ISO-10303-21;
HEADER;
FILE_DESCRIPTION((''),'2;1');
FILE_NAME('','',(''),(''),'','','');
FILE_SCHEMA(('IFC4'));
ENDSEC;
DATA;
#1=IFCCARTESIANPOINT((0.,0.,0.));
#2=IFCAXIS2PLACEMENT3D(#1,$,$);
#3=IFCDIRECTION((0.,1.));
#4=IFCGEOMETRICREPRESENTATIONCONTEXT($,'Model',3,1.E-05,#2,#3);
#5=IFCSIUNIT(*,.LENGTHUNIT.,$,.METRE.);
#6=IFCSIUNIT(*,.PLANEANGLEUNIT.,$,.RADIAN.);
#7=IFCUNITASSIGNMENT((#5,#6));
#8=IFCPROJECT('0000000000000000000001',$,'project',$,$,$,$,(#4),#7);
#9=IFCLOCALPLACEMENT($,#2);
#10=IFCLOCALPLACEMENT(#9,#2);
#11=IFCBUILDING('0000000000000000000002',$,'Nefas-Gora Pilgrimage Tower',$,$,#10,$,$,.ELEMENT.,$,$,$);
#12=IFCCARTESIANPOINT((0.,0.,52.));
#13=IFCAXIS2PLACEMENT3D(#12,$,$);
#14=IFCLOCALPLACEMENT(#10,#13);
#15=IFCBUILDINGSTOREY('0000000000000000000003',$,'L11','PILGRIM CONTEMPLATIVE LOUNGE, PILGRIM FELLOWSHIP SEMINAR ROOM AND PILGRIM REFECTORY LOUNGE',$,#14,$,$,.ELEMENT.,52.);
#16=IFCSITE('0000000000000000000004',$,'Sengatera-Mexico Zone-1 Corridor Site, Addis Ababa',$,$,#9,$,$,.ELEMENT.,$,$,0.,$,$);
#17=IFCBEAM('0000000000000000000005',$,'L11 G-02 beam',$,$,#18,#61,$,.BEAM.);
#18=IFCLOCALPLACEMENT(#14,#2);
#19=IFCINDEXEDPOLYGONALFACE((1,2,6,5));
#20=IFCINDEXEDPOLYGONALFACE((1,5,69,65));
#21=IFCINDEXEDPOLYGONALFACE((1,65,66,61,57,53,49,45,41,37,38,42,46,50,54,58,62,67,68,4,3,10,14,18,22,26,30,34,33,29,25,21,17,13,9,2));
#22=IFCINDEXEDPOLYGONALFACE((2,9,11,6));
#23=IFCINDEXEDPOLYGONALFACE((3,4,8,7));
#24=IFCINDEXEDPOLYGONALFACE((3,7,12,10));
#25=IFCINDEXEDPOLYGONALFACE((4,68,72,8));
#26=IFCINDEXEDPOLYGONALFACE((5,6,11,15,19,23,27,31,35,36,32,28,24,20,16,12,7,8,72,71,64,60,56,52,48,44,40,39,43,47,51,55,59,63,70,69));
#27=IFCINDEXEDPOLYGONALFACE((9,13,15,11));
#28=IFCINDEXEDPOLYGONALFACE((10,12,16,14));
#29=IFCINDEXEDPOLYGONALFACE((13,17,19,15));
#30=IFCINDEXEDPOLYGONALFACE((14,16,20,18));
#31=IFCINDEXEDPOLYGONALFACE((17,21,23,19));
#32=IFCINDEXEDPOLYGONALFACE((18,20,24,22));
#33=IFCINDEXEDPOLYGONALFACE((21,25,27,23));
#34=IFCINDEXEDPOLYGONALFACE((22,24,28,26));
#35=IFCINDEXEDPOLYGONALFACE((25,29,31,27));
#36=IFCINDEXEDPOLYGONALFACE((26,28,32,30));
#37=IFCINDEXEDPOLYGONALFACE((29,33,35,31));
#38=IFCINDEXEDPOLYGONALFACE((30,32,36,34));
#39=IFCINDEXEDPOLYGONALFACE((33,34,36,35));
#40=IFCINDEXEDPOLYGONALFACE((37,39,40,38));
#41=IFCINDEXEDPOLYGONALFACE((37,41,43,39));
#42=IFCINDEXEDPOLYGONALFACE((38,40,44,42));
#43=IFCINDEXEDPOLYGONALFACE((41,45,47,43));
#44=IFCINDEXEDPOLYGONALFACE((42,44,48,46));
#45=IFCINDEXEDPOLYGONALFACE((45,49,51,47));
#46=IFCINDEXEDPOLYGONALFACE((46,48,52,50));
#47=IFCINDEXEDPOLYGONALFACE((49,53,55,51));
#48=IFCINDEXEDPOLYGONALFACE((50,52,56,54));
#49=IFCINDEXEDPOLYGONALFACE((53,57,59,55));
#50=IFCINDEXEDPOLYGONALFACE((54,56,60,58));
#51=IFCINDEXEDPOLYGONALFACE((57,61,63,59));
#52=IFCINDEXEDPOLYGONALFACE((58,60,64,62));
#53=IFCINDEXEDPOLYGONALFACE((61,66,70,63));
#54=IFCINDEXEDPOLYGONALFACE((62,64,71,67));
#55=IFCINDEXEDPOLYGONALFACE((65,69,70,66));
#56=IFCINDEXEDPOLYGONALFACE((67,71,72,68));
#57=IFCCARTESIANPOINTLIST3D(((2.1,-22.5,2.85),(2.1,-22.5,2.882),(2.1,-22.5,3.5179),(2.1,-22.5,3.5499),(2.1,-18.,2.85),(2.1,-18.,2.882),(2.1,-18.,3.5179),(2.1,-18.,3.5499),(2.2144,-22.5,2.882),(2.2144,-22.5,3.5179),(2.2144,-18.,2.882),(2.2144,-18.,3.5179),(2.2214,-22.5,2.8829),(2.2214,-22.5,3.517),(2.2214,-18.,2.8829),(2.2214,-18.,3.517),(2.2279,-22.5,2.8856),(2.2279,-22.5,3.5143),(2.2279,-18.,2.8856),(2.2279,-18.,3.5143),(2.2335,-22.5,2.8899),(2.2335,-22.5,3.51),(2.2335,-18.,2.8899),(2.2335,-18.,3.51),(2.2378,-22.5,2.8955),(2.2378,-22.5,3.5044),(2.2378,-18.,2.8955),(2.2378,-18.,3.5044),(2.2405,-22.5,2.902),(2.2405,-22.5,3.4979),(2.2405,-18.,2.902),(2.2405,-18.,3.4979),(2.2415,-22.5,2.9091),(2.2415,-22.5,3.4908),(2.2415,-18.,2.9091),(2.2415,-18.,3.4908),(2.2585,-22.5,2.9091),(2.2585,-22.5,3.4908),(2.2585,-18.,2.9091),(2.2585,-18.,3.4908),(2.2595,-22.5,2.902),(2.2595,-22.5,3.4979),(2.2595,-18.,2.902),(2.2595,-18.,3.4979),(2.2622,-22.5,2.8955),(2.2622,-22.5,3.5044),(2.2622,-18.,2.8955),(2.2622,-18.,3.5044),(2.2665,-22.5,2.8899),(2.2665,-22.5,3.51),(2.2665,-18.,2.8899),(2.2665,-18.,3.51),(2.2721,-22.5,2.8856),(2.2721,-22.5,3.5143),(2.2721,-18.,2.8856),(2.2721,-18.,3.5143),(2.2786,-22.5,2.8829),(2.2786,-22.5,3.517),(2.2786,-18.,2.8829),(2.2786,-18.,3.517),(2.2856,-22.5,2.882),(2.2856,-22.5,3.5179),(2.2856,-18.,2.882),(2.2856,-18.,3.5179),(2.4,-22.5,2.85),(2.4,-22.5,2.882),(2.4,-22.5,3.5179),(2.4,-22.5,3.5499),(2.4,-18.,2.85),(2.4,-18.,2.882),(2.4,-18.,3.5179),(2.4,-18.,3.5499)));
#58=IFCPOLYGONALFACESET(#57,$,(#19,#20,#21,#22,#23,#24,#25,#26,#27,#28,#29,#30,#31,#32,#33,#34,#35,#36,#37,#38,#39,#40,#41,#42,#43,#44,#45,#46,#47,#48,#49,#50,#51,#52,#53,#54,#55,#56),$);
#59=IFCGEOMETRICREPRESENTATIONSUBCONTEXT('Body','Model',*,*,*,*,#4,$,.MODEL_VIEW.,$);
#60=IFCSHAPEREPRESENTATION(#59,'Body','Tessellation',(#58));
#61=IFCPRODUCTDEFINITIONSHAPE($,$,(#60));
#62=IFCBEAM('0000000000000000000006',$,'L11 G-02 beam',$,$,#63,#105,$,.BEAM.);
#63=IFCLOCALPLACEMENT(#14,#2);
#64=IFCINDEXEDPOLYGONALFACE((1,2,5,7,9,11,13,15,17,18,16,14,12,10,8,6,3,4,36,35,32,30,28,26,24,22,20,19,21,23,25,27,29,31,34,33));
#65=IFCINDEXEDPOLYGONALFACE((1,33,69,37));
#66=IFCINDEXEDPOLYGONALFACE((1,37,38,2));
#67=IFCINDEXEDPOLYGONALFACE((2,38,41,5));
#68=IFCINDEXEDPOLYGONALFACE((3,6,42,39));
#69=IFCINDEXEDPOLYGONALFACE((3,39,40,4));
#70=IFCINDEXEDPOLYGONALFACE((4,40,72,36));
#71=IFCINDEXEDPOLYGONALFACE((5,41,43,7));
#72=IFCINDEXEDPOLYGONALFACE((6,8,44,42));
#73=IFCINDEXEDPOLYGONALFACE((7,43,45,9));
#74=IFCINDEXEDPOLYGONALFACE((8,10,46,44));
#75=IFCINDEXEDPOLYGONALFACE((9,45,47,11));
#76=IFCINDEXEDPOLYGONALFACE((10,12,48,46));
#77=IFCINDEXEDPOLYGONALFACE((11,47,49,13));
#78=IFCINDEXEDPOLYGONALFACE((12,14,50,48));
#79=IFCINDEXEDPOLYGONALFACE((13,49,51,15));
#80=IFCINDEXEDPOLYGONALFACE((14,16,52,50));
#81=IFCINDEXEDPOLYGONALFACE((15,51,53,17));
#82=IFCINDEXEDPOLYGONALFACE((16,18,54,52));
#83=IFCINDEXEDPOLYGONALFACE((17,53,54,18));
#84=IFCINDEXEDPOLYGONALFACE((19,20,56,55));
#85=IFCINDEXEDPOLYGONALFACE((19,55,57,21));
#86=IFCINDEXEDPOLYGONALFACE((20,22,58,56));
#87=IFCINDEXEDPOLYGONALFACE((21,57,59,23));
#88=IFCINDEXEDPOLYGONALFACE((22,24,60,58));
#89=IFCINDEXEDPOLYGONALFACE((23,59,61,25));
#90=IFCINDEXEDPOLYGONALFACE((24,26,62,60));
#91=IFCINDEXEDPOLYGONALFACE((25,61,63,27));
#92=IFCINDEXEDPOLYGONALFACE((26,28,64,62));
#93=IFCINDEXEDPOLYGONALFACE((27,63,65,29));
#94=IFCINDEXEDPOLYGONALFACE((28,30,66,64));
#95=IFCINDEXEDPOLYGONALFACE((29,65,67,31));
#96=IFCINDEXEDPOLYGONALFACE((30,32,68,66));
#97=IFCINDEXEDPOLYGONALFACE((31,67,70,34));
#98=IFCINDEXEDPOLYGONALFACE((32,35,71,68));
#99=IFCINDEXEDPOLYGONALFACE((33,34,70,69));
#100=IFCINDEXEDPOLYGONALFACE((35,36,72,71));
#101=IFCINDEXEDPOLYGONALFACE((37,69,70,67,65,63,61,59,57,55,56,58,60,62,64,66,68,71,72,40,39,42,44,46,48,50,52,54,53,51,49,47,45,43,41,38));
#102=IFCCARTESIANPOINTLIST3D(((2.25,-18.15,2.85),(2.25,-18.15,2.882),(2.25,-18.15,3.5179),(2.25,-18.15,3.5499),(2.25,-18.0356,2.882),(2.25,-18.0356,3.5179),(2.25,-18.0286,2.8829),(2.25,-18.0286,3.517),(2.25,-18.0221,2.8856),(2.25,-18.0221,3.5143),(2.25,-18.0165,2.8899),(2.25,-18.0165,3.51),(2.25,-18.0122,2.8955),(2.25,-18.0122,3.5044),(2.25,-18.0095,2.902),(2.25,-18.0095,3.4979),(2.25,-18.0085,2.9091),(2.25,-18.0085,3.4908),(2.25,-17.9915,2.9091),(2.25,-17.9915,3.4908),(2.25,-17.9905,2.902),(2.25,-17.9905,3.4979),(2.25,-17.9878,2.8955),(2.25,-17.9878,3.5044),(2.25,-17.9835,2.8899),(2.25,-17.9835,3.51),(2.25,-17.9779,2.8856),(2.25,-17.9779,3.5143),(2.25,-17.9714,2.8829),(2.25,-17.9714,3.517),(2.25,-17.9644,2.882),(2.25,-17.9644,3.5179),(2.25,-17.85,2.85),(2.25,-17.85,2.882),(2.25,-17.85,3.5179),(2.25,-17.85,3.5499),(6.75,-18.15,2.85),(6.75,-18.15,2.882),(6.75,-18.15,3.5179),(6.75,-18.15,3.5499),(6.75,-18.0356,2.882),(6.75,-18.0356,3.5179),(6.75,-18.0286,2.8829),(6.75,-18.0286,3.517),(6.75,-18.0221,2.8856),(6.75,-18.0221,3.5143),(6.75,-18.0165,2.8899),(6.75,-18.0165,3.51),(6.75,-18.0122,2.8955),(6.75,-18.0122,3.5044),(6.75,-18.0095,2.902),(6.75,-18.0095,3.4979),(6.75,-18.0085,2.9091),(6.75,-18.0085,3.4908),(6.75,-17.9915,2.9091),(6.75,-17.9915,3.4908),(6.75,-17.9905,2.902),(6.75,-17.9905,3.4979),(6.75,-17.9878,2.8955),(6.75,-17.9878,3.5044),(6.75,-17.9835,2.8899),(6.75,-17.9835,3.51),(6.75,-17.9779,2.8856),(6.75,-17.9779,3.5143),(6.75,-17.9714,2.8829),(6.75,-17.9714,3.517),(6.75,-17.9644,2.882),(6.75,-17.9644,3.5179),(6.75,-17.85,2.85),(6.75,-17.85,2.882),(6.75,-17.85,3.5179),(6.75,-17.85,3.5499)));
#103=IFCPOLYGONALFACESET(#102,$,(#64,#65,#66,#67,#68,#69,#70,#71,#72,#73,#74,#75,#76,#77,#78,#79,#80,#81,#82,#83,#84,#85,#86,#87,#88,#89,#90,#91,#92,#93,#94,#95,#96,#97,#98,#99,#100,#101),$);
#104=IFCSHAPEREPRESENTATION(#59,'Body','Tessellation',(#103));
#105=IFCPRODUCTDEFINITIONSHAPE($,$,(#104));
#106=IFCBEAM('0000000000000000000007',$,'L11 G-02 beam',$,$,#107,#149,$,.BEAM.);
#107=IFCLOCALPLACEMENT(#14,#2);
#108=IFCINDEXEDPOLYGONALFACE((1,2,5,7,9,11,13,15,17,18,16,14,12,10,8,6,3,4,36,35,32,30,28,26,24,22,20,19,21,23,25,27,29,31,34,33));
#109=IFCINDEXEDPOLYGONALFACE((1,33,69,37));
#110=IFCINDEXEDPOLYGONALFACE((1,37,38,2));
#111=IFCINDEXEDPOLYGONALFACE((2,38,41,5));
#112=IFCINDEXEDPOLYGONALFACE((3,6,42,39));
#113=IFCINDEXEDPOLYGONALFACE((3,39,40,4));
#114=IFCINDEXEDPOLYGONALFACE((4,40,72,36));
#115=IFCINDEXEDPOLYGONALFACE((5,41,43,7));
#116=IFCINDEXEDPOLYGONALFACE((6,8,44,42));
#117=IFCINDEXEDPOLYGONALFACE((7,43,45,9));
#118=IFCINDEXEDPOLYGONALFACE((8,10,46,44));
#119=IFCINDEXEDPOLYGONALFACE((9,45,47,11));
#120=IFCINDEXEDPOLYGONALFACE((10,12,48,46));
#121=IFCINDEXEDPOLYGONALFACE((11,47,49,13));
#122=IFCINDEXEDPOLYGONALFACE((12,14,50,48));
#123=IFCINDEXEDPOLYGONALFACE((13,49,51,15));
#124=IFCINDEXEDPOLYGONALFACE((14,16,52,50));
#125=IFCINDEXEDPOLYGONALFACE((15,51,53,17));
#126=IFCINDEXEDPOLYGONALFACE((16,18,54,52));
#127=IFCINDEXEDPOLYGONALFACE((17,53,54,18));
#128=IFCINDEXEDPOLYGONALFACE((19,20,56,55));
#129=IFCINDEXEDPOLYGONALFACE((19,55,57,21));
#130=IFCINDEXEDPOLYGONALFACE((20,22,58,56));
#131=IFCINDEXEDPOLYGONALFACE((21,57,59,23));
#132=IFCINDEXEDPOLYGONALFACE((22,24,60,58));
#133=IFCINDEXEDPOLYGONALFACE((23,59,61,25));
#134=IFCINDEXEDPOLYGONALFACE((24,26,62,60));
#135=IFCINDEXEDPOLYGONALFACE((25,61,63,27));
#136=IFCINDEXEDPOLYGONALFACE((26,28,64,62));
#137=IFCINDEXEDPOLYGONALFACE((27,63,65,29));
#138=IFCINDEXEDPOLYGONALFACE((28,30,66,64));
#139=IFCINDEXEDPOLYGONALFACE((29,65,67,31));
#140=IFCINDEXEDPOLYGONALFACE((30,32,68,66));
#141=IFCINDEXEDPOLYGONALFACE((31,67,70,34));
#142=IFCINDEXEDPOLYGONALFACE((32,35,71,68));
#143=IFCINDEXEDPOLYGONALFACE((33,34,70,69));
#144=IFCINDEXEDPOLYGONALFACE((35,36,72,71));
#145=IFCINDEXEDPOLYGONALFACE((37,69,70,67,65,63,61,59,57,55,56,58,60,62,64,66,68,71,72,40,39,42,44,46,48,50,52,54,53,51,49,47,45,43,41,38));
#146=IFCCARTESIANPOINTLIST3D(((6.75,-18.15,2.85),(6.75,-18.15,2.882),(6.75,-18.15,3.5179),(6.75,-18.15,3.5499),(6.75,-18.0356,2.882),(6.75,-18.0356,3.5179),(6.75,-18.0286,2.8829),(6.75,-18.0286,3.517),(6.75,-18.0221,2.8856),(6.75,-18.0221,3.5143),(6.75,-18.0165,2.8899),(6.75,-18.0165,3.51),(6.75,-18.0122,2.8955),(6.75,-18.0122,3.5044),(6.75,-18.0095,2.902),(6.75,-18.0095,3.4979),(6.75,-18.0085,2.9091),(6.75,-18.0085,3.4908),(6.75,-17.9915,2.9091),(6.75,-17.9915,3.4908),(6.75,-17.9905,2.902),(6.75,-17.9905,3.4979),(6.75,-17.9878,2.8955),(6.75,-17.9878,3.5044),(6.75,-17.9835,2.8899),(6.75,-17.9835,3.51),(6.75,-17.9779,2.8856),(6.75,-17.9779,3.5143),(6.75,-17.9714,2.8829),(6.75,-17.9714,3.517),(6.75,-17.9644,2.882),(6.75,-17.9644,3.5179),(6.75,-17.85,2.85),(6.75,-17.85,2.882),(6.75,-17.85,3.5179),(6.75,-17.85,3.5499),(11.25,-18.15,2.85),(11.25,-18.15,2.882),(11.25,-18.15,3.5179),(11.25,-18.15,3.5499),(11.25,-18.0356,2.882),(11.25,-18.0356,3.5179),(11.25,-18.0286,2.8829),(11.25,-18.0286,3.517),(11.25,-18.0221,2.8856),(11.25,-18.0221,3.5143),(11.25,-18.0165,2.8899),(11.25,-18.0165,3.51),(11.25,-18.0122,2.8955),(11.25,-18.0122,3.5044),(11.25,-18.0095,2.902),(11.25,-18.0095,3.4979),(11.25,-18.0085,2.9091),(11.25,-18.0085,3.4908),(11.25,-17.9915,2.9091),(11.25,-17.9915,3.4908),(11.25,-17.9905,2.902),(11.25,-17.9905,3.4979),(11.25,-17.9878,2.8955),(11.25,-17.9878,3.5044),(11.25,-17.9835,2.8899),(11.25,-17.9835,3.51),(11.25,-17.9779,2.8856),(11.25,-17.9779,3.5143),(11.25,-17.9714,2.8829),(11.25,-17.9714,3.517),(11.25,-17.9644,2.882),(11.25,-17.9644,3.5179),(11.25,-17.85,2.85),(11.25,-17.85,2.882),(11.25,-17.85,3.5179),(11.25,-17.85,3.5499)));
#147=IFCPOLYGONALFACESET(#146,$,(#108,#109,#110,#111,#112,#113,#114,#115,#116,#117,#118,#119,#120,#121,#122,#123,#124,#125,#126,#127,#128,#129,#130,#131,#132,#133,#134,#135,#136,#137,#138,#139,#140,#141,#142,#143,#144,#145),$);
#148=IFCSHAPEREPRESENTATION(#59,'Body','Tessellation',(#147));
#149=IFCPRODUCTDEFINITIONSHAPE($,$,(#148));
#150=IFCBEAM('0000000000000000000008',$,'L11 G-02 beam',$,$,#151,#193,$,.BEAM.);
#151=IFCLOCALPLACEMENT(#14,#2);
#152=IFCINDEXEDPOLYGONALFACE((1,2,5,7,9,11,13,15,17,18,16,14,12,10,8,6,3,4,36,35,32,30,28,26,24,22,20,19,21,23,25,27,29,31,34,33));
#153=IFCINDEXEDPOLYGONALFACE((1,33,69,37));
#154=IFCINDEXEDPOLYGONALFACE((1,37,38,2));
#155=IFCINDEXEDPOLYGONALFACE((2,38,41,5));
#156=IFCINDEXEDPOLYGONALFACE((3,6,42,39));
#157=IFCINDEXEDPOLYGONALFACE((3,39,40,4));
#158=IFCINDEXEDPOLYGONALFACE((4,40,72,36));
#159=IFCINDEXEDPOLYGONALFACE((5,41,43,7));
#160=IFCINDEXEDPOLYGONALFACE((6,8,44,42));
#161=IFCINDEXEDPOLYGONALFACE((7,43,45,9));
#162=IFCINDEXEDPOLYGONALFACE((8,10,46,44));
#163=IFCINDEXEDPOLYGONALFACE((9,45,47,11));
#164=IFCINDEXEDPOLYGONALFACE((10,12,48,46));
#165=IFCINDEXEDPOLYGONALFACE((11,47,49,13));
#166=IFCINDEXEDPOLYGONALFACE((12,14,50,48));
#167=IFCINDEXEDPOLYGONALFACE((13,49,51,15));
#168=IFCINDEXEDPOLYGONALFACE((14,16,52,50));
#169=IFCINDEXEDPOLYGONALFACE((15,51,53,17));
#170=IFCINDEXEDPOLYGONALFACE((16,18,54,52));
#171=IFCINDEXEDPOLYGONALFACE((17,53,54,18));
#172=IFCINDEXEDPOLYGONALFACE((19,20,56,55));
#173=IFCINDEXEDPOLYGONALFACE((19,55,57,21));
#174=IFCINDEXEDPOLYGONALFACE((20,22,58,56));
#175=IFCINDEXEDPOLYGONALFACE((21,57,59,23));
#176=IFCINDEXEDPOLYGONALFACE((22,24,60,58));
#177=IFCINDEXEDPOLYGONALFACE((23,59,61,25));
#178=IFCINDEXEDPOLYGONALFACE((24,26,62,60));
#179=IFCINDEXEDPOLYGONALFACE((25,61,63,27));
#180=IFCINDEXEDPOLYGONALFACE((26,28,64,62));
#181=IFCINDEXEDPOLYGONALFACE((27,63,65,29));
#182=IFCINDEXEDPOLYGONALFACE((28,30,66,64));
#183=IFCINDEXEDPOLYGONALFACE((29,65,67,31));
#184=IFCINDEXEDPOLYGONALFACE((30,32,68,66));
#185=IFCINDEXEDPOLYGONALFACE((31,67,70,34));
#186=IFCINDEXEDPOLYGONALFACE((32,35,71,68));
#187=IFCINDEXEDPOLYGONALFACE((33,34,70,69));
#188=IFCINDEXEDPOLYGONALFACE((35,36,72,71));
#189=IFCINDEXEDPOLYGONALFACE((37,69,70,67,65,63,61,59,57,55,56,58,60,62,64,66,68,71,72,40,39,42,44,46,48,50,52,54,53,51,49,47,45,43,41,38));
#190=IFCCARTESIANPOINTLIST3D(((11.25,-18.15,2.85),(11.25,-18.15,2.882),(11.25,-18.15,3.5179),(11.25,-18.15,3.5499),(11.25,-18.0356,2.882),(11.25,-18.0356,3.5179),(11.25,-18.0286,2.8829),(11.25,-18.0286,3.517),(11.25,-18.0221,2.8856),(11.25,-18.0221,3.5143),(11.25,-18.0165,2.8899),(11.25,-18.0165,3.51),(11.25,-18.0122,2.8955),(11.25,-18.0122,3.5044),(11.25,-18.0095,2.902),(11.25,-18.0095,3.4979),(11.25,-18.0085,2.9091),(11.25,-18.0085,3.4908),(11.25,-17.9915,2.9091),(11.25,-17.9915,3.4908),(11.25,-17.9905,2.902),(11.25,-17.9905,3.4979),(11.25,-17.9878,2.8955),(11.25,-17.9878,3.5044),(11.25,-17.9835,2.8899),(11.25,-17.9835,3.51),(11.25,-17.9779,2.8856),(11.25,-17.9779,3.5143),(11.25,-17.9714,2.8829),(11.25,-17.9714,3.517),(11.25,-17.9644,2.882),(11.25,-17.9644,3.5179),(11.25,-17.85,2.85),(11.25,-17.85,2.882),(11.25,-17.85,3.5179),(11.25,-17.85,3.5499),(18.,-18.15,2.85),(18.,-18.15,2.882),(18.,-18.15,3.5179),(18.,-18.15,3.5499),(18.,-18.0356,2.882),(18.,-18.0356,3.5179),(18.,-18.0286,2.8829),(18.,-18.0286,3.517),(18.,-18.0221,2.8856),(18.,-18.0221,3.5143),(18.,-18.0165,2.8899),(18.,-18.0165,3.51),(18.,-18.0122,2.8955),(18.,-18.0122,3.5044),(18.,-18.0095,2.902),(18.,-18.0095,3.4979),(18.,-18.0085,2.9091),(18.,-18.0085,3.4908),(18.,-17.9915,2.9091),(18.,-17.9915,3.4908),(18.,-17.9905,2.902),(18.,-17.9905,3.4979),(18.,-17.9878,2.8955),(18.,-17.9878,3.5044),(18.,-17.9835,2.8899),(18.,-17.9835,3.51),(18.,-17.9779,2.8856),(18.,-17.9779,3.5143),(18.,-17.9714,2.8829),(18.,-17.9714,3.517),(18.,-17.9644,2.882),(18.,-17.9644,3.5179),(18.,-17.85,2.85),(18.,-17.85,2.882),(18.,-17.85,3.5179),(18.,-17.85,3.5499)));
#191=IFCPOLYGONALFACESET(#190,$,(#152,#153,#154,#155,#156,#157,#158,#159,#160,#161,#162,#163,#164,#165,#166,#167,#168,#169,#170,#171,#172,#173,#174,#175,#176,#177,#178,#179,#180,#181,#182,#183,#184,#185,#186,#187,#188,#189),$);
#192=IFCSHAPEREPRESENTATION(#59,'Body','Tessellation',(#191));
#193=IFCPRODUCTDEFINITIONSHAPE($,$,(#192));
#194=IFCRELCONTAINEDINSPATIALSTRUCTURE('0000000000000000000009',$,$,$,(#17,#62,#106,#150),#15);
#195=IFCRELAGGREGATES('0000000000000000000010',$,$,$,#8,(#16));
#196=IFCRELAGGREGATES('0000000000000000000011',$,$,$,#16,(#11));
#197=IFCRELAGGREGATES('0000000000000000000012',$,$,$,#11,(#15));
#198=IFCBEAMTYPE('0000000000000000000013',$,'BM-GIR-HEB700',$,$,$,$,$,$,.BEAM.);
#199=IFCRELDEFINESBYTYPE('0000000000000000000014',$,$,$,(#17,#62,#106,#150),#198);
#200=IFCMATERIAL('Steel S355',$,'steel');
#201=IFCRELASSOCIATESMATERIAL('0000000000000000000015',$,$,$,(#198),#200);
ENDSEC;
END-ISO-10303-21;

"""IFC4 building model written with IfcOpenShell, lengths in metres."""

from ifc_helpers import new_model, si_unit, direction, frame, origin, origin_2d, place, context, subcontext, project, spatial, i_section, extrude, source, transform, mapped, material, material_profile, profile_set, type_object, element, save


model = new_model("IFC4")

# Units and contexts
model_context = context("Model", 3, precision=1e-05, world=origin(), true_north=direction((0.0, 1.0)))
body_context = subcontext(model_context, "Body", "Model", "MODEL_VIEW")
ifc_project = project(units=[si_unit("LENGTHUNIT", "METRE"), si_unit("PLANEANGLEUNIT", "RADIAN")], contexts=[model_context])

# Site, building, storey
site_placement = place(None, origin())
site = spatial("IfcSite", under=ifc_project, at=site_placement, Name="Sengatera-Mexico Zone-1 Corridor Site, Addis Ababa", CompositionType="ELEMENT", RefElevation=0.0)
building_placement = place(site_placement, origin())
building = spatial("IfcBuilding", under=site, at=building_placement, Name="Nefas-Gora Pilgrimage Tower", CompositionType="ELEMENT")
storey_placement = place(building_placement, frame((0.0, 0.0, 52.0)))
storey = spatial("IfcBuildingStorey", under=building, at=storey_placement, Name="L11", Description="PILGRIM CONTEMPLATIVE LOUNGE, PILGRIM FELLOWSHIP SEMINAR ROOM AND PILGRIM REFECTORY LOUNGE", CompositionType="ELEMENT", Elevation=52.0)

# Beams
ifc_material_1 = material(Name="Steel S355", Category="steel")
ifc_material_profile_1 = material_profile(ifc_material_1, i_section(OverallWidth=0.3, OverallDepth=0.7, WebThickness=0.0171, FlangeThickness=0.032, FilletRadius=0.0271, at=origin_2d()), Name="HEB 700")
ifc_profile_set_1 = profile_set([ifc_material_profile_1], Name="Steel S355")
beam_type_1 = type_object("IfcBeamType", Name="BM-GIR-HEB700", PredefinedType="BEAM", material=ifc_profile_set_1)
shared_shape_1 = source(origin(), body_context, "Body", "SweptSolid", [
    extrude(i_section(OverallWidth=0.3, OverallDepth=0.7, WebThickness=0.0171, FlangeThickness=0.032, FilletRadius=0.0271, at=origin_2d()), origin(), (0.0, 0.0, 1.0), 4.5),
])
for number, where, z_axis, x_axis, name in (
    (1, (2.25, -22.5, 3.2), (0.0, 1.0, 0.0), (-1.0, 0.0, 0.0), "L11 G-02 beam"),
    (2, (2.25, -18.0, 3.2), (1.0, 0.0, 0.0), (0.0, 1.0, 0.0), "L11 G-02 beam"),
    (3, (6.75, -18.0, 3.2), (1.0, 0.0, 0.0), (0.0, 1.0, 0.0), "L11 G-02 beam"),
):
    element("IfcBeam", number, at=place(storey_placement, frame(where, z_axis=z_axis, x_axis=x_axis)), inside=storey, type_object=beam_type_1, Name=name, PredefinedType="BEAM", context=body_context, shape_type="MappedRepresentation", body=[
        mapped(shared_shape_1, transform((0.0, 0.0, 0.0), x_axis=(1.0, 0.0, 0.0), y_axis=(0.0, 1.0, 0.0), z_axis=(0.0, 0.0, 1.0), scale=1.0)),
    ])
shared_shape_2 = source(origin(), body_context, "Body", "SweptSolid", [
    extrude(i_section(OverallWidth=0.3, OverallDepth=0.7, WebThickness=0.0171, FlangeThickness=0.032, FilletRadius=0.0271, at=origin_2d()), origin(), (0.0, 0.0, 1.0), 6.75),
])
beam_1_placement = place(storey_placement, frame((11.25, -18.0, 3.2), z_axis=(1.0, 0.0, 0.0), x_axis=(0.0, 1.0, 0.0)))
element("IfcBeam", 4, at=beam_1_placement, inside=storey, type_object=beam_type_1, Name="L11 G-02 beam", PredefinedType="BEAM", context=body_context, shape_type="MappedRepresentation", body=[
    mapped(shared_shape_2, transform((0.0, 0.0, 0.0), x_axis=(1.0, 0.0, 0.0), y_axis=(0.0, 1.0, 0.0), z_axis=(0.0, 0.0, 1.0), scale=1.0)),
])

save(model, "model.ifc")
